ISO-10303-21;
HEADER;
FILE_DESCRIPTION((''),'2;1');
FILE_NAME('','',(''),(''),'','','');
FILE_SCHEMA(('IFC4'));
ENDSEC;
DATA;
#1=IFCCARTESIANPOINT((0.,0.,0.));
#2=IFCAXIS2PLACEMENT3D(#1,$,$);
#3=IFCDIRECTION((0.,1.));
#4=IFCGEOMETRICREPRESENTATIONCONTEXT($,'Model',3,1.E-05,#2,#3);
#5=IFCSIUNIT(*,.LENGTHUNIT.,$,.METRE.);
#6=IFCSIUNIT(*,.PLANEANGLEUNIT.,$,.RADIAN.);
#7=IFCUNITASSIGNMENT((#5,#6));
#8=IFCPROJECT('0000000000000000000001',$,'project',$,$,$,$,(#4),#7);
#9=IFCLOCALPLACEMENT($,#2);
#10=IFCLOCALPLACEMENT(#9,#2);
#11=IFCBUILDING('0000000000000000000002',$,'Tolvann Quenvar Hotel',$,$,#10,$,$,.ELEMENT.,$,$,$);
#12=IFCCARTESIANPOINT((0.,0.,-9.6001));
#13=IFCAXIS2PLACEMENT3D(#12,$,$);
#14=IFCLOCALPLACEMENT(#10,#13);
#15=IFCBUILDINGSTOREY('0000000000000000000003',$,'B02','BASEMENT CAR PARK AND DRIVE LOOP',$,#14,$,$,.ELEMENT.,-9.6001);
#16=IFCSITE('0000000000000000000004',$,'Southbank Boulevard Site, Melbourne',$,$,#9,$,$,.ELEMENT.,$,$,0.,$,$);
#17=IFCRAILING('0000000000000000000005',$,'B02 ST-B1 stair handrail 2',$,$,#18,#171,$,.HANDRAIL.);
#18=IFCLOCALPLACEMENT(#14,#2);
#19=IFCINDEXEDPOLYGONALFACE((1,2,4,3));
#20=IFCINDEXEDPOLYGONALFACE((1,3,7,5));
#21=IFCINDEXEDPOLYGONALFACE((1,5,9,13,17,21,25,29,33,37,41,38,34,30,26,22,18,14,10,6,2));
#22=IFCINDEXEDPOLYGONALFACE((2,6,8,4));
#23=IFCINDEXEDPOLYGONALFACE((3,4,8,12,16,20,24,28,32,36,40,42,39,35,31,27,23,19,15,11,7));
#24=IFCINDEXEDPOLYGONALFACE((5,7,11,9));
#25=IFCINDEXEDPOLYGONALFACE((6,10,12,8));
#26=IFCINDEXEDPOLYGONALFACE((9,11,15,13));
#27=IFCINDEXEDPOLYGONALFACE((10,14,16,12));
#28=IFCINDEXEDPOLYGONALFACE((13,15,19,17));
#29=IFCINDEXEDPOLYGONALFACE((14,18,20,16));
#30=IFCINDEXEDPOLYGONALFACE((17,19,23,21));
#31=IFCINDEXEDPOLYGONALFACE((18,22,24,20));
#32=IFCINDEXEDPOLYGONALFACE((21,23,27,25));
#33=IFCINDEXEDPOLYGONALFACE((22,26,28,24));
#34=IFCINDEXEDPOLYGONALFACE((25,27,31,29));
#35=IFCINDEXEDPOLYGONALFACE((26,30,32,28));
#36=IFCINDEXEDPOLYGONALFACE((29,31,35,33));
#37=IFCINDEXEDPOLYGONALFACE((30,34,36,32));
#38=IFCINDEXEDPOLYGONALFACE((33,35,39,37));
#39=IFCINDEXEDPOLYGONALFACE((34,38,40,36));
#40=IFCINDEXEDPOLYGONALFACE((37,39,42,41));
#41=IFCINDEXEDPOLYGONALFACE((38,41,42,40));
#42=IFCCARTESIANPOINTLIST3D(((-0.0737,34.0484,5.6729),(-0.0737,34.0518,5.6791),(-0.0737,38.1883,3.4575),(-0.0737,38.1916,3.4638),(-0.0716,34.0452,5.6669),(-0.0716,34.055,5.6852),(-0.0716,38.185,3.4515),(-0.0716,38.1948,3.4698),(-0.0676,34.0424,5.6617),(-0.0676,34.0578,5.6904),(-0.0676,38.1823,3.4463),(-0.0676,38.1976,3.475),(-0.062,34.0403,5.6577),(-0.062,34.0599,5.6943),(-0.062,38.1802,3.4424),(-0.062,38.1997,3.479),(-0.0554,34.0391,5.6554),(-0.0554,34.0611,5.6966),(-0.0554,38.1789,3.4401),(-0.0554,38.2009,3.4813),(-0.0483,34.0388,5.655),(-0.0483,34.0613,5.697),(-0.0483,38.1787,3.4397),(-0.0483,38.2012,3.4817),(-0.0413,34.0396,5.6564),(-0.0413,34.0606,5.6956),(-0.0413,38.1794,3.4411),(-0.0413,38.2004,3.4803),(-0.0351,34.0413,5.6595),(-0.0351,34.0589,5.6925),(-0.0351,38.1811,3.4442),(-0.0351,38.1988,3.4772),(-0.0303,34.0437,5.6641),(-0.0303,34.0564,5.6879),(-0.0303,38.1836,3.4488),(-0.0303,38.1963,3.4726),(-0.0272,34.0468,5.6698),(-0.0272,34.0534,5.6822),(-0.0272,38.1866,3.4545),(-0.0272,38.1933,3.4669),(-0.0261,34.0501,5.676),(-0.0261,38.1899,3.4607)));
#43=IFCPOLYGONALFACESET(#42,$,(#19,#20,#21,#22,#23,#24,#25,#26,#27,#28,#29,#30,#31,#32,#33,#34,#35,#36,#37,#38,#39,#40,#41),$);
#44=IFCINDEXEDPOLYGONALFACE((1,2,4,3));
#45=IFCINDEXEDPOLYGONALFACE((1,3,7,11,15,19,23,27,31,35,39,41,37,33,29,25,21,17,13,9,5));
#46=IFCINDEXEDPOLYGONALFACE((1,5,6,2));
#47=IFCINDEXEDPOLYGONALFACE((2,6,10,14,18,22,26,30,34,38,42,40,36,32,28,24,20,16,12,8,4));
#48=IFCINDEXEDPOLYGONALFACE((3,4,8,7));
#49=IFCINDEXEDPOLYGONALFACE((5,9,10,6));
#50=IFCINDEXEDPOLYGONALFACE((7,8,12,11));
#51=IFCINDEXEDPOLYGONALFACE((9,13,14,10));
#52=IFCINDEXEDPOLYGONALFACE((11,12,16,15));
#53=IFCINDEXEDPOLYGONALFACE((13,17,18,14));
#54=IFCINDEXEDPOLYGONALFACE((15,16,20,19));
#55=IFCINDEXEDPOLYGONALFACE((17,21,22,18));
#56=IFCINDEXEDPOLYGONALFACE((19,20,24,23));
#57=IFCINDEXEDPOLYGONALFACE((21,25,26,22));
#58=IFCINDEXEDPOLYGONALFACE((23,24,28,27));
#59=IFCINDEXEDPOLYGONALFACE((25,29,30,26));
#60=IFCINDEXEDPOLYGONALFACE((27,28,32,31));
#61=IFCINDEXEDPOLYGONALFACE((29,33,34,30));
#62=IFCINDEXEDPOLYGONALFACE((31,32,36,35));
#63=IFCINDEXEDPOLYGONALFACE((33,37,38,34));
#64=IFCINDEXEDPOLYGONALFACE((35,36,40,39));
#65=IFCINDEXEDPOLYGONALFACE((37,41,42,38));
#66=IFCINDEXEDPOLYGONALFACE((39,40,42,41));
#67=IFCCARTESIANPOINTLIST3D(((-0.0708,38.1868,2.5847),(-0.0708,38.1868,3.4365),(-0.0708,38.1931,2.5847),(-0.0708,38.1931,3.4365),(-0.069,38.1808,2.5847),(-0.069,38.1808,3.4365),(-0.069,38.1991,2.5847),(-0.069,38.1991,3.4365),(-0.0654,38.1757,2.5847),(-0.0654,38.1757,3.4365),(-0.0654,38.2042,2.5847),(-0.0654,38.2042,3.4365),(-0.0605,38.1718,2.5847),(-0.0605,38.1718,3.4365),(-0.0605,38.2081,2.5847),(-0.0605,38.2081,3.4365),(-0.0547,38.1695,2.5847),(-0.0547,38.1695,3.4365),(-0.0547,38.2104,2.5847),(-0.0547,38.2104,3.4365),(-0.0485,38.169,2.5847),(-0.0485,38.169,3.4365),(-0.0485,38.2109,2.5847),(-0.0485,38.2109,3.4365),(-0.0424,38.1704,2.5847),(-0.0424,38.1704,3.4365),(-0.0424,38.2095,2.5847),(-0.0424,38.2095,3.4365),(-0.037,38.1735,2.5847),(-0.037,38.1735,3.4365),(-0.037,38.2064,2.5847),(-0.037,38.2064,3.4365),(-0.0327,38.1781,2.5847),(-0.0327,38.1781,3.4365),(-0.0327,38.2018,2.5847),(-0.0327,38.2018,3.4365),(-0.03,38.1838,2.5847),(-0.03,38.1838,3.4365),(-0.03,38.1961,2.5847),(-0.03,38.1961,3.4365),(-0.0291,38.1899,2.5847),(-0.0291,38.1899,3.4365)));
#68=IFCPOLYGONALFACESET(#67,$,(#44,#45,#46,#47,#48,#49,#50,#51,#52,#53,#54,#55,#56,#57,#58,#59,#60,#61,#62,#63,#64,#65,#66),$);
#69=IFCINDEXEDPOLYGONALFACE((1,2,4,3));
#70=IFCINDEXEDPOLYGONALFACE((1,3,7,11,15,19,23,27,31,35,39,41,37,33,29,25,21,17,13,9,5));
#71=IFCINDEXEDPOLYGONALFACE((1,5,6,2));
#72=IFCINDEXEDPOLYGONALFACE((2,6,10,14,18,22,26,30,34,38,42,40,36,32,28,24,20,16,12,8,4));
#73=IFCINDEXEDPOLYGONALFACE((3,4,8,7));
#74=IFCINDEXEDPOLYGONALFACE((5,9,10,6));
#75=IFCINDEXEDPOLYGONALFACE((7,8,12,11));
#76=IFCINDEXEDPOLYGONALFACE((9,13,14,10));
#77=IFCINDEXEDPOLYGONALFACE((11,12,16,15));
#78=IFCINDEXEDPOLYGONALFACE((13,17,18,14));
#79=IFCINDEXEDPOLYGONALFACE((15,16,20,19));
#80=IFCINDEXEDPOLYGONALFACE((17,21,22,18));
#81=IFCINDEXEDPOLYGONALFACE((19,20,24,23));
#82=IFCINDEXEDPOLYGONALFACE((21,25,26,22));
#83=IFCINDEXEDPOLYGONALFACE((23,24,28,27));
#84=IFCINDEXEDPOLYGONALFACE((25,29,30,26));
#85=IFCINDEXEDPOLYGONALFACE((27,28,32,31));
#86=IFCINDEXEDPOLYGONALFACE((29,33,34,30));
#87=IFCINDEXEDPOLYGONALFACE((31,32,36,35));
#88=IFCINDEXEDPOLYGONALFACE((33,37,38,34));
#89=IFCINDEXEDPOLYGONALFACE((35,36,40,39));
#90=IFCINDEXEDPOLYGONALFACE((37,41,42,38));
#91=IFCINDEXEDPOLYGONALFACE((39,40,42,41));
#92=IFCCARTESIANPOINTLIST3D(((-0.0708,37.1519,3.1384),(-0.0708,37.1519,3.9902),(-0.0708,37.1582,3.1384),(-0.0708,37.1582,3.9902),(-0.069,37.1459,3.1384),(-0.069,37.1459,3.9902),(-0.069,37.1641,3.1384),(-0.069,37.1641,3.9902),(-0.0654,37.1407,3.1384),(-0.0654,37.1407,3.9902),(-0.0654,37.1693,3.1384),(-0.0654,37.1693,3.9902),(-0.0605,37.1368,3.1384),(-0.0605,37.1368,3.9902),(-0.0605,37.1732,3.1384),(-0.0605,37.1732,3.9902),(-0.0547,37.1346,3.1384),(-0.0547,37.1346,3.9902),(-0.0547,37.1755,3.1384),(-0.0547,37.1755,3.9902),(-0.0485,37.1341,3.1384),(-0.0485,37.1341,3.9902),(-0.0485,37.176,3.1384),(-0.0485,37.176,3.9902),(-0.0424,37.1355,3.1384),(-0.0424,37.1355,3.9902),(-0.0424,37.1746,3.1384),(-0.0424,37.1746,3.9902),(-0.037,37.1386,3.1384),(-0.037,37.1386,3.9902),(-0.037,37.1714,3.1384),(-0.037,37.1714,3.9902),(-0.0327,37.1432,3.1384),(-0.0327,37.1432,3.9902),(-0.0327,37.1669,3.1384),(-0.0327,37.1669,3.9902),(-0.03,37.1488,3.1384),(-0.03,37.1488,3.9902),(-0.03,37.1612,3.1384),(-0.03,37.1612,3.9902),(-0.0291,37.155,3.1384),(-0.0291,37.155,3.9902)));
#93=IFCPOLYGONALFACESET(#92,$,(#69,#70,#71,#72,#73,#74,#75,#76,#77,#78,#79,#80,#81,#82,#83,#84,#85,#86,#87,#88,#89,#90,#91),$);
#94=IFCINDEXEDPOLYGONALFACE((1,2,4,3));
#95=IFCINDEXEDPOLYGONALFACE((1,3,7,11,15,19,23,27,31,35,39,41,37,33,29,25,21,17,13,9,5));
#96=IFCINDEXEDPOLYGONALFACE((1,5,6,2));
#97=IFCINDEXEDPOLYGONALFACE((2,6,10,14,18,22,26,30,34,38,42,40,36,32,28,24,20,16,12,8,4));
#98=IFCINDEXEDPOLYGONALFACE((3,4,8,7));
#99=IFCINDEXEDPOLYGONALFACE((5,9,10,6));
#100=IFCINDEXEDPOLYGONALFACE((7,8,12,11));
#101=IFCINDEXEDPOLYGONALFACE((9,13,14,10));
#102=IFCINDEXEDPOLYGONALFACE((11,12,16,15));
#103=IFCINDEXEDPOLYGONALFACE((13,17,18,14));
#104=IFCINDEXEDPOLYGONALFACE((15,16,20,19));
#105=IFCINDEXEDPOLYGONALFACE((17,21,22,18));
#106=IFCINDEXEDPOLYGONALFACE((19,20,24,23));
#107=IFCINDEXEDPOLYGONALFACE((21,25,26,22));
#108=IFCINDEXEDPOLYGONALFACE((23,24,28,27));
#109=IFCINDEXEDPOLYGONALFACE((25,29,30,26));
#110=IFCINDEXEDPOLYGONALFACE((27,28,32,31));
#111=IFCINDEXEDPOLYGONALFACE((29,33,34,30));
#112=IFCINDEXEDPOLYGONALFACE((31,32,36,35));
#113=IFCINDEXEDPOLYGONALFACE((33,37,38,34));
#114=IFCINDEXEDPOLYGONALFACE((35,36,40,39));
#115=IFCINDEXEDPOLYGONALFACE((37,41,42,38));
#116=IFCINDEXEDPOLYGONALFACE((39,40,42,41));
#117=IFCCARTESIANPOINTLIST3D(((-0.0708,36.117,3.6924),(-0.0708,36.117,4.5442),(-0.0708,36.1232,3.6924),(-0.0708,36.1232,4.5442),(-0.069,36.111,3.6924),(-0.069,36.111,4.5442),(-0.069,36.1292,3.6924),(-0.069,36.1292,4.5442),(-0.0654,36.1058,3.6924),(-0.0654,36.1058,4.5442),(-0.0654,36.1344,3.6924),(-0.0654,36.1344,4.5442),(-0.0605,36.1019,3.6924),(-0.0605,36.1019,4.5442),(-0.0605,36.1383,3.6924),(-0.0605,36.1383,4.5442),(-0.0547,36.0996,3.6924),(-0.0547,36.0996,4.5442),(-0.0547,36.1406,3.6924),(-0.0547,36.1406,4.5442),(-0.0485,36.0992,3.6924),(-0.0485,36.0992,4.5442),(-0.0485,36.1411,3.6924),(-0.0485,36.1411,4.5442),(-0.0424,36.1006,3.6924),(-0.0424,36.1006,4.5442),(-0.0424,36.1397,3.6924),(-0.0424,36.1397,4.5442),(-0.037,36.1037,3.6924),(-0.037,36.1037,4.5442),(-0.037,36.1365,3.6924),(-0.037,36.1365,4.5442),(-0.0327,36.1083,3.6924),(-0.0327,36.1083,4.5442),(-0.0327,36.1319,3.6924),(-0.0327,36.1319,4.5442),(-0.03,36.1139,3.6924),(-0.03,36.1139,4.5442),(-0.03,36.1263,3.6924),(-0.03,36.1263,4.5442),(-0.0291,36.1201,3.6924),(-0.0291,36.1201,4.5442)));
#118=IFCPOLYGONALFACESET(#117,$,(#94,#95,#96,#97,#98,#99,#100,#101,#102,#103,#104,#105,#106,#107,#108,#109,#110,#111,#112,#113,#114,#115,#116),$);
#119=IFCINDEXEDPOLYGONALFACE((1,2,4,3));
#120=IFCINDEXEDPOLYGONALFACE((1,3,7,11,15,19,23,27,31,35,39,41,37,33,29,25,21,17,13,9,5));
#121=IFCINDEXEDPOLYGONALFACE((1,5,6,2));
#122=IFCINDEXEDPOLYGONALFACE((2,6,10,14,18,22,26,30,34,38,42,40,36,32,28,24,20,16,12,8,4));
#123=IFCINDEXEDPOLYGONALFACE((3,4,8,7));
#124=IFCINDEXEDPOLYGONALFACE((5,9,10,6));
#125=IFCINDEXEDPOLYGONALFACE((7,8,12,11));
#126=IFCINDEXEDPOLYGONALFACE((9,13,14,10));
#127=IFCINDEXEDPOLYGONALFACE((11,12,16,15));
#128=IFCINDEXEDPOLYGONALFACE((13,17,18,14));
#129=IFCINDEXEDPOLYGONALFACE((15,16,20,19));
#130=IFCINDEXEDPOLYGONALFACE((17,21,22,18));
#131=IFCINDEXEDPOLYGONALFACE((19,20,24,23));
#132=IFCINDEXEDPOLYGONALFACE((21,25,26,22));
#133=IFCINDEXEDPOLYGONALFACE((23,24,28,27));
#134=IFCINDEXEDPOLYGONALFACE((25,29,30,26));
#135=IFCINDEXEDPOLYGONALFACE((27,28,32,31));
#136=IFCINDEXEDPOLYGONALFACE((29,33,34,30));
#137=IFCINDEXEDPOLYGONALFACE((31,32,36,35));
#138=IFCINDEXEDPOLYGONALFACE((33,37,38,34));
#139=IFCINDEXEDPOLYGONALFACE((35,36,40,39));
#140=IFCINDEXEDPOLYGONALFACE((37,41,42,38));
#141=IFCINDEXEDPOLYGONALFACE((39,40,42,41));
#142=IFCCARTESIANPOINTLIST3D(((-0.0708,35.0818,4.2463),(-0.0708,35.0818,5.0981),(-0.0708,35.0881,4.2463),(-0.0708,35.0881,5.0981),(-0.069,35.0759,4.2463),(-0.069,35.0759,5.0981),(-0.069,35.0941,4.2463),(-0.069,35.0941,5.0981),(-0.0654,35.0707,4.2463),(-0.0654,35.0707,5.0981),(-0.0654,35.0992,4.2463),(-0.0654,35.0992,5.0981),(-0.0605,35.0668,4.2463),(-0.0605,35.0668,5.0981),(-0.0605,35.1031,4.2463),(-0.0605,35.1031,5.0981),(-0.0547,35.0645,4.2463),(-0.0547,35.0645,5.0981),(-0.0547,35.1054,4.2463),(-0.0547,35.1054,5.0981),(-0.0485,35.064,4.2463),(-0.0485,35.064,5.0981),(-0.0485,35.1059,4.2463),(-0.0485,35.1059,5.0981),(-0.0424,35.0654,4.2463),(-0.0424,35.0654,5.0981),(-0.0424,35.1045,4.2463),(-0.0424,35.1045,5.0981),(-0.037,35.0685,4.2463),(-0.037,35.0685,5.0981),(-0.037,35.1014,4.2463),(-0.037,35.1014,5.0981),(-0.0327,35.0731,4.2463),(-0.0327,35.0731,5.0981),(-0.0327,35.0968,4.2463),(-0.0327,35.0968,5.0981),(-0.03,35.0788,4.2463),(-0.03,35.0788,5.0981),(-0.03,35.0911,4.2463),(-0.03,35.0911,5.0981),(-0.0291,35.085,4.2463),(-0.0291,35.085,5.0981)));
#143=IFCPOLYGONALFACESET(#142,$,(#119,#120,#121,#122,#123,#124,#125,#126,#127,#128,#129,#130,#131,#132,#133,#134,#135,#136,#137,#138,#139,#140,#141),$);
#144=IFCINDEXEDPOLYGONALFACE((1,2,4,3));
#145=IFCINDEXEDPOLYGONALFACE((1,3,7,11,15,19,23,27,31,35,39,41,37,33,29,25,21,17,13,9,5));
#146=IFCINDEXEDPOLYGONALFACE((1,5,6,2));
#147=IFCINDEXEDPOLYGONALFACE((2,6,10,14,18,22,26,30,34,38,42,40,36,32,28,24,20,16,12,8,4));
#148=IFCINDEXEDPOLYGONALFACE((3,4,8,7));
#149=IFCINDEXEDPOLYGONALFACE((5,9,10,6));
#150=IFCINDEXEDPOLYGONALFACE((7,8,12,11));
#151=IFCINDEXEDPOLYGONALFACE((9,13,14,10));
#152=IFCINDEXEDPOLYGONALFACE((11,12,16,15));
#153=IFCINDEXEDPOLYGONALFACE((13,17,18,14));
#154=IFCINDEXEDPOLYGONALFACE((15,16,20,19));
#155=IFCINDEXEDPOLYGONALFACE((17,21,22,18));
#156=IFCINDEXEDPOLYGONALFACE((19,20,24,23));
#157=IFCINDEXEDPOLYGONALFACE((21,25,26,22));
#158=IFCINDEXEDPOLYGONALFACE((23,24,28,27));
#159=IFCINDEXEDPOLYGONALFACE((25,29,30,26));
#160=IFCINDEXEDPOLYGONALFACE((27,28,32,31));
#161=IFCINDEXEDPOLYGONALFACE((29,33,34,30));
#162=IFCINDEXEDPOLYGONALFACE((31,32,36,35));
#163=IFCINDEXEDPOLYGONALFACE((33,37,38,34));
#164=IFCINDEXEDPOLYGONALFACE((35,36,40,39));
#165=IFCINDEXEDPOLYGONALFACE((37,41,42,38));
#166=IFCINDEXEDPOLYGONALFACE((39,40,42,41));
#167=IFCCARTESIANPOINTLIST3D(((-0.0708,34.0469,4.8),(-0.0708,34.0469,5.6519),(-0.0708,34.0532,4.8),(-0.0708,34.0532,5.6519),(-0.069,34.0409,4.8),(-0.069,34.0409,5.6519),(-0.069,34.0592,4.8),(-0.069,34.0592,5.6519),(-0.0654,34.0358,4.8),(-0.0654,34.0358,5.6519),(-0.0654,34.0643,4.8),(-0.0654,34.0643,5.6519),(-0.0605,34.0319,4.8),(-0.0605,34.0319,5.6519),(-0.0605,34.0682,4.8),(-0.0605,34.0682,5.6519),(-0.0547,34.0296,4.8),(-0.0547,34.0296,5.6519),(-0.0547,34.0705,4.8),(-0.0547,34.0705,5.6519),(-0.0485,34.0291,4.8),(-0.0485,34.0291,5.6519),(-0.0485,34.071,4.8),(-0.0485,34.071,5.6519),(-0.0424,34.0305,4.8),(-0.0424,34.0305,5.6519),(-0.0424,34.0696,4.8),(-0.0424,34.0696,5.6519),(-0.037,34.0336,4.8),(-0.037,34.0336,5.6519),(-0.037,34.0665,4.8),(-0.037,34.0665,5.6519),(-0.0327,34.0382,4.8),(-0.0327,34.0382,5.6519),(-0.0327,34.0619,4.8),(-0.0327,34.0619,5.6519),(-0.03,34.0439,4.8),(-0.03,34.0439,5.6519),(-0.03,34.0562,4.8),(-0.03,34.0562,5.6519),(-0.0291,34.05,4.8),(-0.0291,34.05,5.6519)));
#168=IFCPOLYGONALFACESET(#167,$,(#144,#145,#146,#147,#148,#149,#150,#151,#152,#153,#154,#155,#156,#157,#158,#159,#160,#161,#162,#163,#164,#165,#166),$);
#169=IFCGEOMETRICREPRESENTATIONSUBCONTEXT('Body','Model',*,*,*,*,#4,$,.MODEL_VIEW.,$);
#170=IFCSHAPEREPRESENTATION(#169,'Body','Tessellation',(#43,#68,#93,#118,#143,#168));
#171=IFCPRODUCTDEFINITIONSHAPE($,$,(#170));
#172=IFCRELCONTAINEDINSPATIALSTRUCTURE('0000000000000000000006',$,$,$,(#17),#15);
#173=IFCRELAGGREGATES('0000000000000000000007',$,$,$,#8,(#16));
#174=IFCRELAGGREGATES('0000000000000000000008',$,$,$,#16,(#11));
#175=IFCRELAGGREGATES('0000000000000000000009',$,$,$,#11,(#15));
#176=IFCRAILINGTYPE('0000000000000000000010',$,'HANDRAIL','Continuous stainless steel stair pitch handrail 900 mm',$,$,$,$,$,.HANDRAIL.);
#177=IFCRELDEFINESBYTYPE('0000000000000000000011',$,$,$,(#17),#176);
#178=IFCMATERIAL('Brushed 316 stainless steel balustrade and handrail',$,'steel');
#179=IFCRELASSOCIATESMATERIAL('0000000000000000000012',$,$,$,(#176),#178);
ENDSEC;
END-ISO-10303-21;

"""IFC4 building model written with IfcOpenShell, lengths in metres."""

from ifc_helpers import new_model, si_unit, direction, frame, origin, origin_2d, place, context, subcontext, project, spatial, circle, extrude, material, type_object, element, save


model = new_model("IFC4")

# Units and contexts
model_context = context("Model", 3, precision=1e-05, world=origin(), true_north=direction((0.0, 1.0)))
body_context = subcontext(model_context, "Body", "Model", "MODEL_VIEW")
ifc_project = project(units=[si_unit("LENGTHUNIT", "METRE"), si_unit("PLANEANGLEUNIT", "RADIAN")], contexts=[model_context])

# Site, building, storey
site_placement = place(None, origin())
site = spatial("IfcSite", under=ifc_project, at=site_placement, Name="Southbank Boulevard Site, Melbourne", CompositionType="ELEMENT", RefElevation=0.0)
building_placement = place(site_placement, origin())
building = spatial("IfcBuilding", under=site, at=building_placement, Name="Tolvann Quenvar Hotel", CompositionType="ELEMENT")
storey_placement = place(building_placement, frame((0.0, 0.0, -9.6001)))
storey = spatial("IfcBuildingStorey", under=building, at=storey_placement, Name="B02", Description="BASEMENT CAR PARK AND DRIVE LOOP", CompositionType="ELEMENT", Elevation=-9.6001)

# Railing
ifc_material_1 = material(Name="Brushed 316 stainless steel balustrade and handrail", Category="steel")
railing_type_1 = type_object("IfcRailingType", Name="HANDRAIL", Description="Continuous stainless steel stair pitch handrail 900 mm", PredefinedType="HANDRAIL", material=ifc_material_1)
railing_1_placement = place(storey_placement, frame((-0.05, 38.1899, 2.5847)))
element("IfcRailing", 1, at=railing_1_placement, inside=storey, type_object=railing_type_1, Name="B02 ST-B1 stair handrail 2", PredefinedType="HANDRAIL", context=body_context, shape_type="SweptSolid", body=[
    extrude(circle(Radius=0.0239, at=origin_2d()), frame((0.0, 0.0, 0.876), z_axis=(0.0, -0.881699, 0.471813), x_axis=(1.0, 0.0, 0.0)), (0.0, 0.0, 1.0), 4.6953),
    extrude(circle(Radius=0.021, at=origin_2d()), origin(), (0.0, 0.0, 1.0), 0.8518),
    extrude(circle(Radius=0.021, at=origin_2d()), frame((0.0, -1.0349, 0.5537)), (0.0, 0.0, 1.0), 0.8518),
    extrude(circle(Radius=0.021, at=origin_2d()), frame((0.0, -2.0698, 1.1077)), (0.0, 0.0, 1.0), 0.8518),
    extrude(circle(Radius=0.021, at=origin_2d()), frame((0.0, -3.105, 1.6616)), (0.0, 0.0, 1.0), 0.8518),
    extrude(circle(Radius=0.021, at=origin_2d()), frame((0.0, -4.1399, 2.2153)), (0.0, 0.0, 1.0), 0.8518),
])

save(model, "model.ifc")
